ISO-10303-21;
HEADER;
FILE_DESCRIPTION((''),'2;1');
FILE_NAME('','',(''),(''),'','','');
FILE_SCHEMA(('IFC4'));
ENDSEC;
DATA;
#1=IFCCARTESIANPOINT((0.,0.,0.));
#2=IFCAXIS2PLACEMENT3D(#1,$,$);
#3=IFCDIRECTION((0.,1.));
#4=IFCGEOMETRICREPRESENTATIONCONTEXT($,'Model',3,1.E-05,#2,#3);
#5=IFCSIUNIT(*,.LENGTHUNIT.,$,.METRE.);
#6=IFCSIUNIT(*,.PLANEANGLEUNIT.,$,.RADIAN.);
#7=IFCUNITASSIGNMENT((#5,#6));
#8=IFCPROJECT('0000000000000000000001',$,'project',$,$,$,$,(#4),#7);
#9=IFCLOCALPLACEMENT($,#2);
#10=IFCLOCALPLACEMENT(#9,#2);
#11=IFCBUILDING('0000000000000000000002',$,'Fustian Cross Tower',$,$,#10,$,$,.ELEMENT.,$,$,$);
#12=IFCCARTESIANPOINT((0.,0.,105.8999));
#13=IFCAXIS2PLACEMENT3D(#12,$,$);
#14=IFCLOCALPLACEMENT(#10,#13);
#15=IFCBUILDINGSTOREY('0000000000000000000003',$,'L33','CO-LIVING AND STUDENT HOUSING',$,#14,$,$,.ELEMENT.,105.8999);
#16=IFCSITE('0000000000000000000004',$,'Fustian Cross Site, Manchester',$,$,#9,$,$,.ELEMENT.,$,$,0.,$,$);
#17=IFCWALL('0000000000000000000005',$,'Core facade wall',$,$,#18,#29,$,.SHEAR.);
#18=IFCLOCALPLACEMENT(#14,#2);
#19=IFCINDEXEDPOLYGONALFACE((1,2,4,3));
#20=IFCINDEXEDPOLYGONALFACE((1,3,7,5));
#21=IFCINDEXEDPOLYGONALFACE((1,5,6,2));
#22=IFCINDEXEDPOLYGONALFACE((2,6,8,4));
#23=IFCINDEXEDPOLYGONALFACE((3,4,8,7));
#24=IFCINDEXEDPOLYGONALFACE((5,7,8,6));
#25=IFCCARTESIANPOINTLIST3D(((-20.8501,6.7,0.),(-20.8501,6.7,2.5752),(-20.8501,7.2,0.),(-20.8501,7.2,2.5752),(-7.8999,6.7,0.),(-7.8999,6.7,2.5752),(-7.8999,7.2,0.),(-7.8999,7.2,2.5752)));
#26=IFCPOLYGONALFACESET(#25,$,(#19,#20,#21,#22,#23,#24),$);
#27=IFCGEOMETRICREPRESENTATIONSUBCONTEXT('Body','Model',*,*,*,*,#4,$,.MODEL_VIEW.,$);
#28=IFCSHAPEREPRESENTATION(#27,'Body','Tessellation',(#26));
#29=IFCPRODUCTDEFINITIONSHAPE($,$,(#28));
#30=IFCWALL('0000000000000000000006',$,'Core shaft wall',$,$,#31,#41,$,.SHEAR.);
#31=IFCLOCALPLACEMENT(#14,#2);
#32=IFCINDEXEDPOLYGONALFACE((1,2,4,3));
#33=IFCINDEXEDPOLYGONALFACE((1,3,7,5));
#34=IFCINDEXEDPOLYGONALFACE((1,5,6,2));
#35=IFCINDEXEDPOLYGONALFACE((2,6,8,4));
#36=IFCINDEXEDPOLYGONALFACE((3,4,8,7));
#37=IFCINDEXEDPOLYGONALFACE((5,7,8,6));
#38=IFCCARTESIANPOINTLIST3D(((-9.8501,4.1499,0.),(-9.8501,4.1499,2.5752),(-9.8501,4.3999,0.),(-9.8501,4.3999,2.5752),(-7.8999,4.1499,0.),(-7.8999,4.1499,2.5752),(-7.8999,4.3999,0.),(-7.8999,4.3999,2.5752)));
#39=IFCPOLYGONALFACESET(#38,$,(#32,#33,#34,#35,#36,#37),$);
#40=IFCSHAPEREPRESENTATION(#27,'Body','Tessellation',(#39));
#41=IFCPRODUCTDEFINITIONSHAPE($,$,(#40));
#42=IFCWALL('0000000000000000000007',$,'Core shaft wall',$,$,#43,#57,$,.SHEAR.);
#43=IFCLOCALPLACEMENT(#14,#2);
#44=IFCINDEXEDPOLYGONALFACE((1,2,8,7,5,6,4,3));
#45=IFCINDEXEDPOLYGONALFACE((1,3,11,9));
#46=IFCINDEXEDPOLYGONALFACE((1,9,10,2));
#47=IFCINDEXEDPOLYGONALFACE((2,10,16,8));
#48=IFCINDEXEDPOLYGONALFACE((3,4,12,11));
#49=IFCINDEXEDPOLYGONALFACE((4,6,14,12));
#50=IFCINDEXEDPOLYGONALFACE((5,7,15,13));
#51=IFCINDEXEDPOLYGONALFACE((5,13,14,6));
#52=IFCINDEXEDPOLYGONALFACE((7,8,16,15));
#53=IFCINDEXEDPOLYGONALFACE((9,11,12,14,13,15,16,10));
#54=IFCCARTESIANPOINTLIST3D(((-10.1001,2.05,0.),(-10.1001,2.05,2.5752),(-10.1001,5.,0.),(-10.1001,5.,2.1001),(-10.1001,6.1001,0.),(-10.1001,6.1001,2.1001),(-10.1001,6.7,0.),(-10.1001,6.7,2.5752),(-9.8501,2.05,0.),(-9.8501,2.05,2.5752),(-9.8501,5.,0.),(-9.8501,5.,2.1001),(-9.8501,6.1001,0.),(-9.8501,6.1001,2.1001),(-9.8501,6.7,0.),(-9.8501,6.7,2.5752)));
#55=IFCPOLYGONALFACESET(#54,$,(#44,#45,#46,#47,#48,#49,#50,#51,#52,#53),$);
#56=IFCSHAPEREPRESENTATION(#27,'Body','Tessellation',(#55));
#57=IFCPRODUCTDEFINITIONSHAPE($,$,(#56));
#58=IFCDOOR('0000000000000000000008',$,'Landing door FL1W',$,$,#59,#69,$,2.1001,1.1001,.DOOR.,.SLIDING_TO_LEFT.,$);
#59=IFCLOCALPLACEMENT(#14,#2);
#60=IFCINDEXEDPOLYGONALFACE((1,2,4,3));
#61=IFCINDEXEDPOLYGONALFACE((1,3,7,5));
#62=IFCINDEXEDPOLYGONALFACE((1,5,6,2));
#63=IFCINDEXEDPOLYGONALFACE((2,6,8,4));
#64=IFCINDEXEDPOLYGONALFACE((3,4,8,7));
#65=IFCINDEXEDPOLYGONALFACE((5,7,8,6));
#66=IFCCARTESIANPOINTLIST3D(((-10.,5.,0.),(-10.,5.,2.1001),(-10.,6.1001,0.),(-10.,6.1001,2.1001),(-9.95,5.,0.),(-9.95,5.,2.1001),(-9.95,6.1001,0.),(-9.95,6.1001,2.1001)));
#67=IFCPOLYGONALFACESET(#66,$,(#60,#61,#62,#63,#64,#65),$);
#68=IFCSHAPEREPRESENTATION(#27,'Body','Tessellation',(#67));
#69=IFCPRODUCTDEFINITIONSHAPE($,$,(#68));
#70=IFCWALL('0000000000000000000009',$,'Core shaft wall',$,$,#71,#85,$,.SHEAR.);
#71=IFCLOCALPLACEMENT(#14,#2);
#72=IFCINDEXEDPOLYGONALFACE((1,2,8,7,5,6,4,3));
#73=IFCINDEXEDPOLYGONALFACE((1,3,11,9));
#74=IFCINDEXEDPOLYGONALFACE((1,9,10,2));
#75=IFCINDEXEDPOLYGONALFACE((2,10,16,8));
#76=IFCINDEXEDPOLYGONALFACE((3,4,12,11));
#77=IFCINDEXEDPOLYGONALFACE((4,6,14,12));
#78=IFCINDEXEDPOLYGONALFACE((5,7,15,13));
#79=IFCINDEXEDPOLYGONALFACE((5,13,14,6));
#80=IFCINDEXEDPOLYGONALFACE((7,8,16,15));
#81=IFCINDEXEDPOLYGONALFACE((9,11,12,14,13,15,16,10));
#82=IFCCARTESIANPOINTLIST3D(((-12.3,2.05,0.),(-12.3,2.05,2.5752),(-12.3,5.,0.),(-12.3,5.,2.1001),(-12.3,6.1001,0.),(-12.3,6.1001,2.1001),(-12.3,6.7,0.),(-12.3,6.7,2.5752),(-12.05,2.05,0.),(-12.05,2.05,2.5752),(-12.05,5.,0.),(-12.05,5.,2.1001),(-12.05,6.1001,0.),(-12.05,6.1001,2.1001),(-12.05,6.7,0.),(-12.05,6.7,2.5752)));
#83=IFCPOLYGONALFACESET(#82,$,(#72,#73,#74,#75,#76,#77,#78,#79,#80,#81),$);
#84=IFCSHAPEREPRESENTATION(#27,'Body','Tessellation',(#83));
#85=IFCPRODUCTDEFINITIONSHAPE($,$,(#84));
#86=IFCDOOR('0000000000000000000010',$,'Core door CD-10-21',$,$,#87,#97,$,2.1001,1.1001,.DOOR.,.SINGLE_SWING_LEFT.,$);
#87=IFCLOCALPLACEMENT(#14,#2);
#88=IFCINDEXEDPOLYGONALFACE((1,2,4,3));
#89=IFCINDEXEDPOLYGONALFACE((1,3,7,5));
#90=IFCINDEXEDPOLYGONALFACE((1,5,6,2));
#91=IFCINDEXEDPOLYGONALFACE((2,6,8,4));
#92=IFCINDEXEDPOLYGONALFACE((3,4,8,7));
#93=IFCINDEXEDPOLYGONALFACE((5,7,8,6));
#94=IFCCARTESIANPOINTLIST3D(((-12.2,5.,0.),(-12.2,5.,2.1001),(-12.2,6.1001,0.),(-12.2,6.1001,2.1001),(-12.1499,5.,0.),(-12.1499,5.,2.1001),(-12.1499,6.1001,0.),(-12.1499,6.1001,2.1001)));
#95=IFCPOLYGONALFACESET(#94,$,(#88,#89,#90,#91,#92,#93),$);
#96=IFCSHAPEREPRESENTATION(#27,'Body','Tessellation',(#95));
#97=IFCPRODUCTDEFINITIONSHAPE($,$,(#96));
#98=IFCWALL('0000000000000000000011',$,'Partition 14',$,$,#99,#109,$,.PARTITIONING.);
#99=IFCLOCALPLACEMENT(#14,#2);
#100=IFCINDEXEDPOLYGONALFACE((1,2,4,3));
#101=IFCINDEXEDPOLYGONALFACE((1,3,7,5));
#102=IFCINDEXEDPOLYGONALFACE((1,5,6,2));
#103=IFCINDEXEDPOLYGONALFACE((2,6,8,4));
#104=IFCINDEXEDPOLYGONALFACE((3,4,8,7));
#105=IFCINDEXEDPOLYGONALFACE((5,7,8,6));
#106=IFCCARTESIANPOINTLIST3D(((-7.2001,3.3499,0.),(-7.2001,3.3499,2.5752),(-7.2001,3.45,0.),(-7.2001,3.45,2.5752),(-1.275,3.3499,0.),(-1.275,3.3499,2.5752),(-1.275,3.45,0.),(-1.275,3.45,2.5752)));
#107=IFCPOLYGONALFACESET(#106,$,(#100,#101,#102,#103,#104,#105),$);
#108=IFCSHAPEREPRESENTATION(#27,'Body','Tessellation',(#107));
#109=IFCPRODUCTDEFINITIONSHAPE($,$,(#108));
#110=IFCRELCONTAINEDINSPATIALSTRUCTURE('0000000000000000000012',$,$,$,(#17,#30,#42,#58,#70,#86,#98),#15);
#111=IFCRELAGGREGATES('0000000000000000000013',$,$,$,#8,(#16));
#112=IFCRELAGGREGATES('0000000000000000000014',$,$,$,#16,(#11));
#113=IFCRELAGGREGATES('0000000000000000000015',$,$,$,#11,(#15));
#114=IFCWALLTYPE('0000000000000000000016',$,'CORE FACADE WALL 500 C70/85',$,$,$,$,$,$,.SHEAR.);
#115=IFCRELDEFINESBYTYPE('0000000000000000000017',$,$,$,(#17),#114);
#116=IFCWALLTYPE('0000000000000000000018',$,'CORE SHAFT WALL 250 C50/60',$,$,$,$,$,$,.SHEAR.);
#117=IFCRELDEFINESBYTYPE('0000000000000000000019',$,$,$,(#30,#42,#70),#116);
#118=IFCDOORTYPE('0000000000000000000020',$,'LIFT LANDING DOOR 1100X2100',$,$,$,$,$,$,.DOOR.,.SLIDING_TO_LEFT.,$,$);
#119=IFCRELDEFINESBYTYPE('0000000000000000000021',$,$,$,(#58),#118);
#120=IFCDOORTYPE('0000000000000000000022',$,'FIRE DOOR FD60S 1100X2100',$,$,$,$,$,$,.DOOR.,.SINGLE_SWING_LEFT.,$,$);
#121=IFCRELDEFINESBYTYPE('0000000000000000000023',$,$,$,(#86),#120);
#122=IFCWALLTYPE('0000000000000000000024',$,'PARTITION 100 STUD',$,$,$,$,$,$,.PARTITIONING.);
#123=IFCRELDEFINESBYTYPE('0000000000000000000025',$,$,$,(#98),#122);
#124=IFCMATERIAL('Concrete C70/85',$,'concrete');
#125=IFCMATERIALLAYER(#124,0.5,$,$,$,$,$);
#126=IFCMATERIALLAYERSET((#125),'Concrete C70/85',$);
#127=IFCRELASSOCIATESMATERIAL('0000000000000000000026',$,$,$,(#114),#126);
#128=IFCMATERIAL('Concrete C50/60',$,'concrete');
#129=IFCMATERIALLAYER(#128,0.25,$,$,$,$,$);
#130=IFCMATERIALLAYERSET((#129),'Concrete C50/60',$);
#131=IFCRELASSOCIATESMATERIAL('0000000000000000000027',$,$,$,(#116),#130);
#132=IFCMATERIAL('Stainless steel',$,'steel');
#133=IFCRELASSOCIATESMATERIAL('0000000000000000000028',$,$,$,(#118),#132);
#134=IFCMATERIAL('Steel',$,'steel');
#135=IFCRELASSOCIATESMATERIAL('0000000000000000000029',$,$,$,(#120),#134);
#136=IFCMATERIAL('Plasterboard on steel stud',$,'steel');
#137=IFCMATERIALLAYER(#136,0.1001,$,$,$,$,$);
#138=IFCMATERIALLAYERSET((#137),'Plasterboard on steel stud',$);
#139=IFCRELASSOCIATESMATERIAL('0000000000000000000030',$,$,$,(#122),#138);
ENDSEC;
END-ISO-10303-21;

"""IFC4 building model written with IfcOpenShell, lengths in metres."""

from ifc_helpers import new_model, si_unit, direction, frame, frame_2d, origin, place, context, subcontext, project, spatial, rectangle, extrude, material, layer, layer_set, type_object, element, fill, save


model = new_model("IFC4")

# Units and contexts
model_context = context("Model", 3, precision=1e-05, world=origin(), true_north=direction((0.0, 1.0)))
body_context = subcontext(model_context, "Body", "Model", "MODEL_VIEW")
ifc_project = project(units=[si_unit("LENGTHUNIT", "METRE"), si_unit("PLANEANGLEUNIT", "RADIAN")], contexts=[model_context])

# Site, building, storey
site_placement = place(None, origin())
site = spatial("IfcSite", under=ifc_project, at=site_placement, Name="Fustian Cross Site, Manchester", CompositionType="ELEMENT", RefElevation=0.0)
building_placement = place(site_placement, origin())
building = spatial("IfcBuilding", under=site, at=building_placement, Name="Fustian Cross Tower", CompositionType="ELEMENT")
storey_placement = place(building_placement, frame((0.0, 0.0, 105.8999)))
storey = spatial("IfcBuildingStorey", under=building, at=storey_placement, Name="L33", Description="CO-LIVING AND STUDENT HOUSING", CompositionType="ELEMENT", Elevation=105.8999)

# Walls
ifc_material_1 = material(Name="Concrete C70/85", Category="concrete")
ifc_layer_1 = layer(ifc_material_1, 0.5)
ifc_layer_set_1 = layer_set([ifc_layer_1], Name="Concrete C70/85")
wall_type_1 = type_object("IfcWallType", Name="CORE FACADE WALL 500 C70/85", PredefinedType="SHEAR", material=ifc_layer_set_1)
wall_1_placement = place(storey_placement, frame((-7.8999, 6.95, 0.0), z_axis=(0.0, 0.0, 1.0), x_axis=(-1.0, 0.0, 0.0)))
element("IfcWall", 1, at=wall_1_placement, inside=storey, type_object=wall_type_1, Name="Core facade wall", PredefinedType="SHEAR", context=body_context, shape_type="SweptSolid", body=[
    extrude(rectangle(XDim=12.9502, YDim=0.5, at=frame_2d((6.4751, 0.0))), origin(), (0.0, 0.0, 1.0), 2.5752),
])
ifc_material_2 = material(Name="Concrete C50/60", Category="concrete")
ifc_layer_2 = layer(ifc_material_2, 0.25)
ifc_layer_set_2 = layer_set([ifc_layer_2], Name="Concrete C50/60")
wall_type_2 = type_object("IfcWallType", Name="CORE SHAFT WALL 250 C50/60", PredefinedType="SHEAR", material=ifc_layer_set_2)
wall_2_placement = place(storey_placement, frame((-7.8999, 4.2749, 0.0), z_axis=(0.0, 0.0, 1.0), x_axis=(-1.0, 0.0, 0.0)))
element("IfcWall", 2, at=wall_2_placement, inside=storey, type_object=wall_type_2, Name="Core shaft wall", PredefinedType="SHEAR", context=body_context, shape_type="SweptSolid", body=[
    extrude(rectangle(XDim=1.9502, YDim=0.25, at=frame_2d((0.9751, 0.0))), origin(), (0.0, 0.0, 1.0), 2.5752),
])

# Walls, openings, doors
wall_3_placement = place(storey_placement, frame((-9.9751, 2.05, 0.0), z_axis=(0.0, 0.0, 1.0), x_axis=(0.0, 1.0, 0.0)))
wall_3 = element("IfcWall", 3, at=wall_3_placement, inside=storey, type_object=wall_type_2, Name="Core shaft wall", PredefinedType="SHEAR", context=body_context, shape_type="SweptSolid", body=[
    extrude(rectangle(XDim=4.6499, YDim=0.25, at=frame_2d((2.325, 0.0))), origin(), (0.0, 0.0, 1.0), 2.5752),
])
opening_1_placement = place(wall_3_placement, frame((2.95, 0.0, 0.0)))
opening_1 = element("IfcOpeningElement", 4, at=opening_1_placement, cuts=wall_3, PredefinedType="OPENING", context=body_context, shape_type="SweptSolid", body=[
    extrude(rectangle(XDim=1.1001, YDim=2.1001, at=frame_2d((0.55, 1.05))), frame((0.0, 0.135, 0.0), z_axis=(0.0, -1.0, 0.0), x_axis=(1.0, 0.0, 0.0)), (0.0, 0.0, 1.0), 0.27),
])
ifc_material_3 = material(Name="Stainless steel", Category="steel")
door_type_1 = type_object("IfcDoorType", Name="LIFT LANDING DOOR 1100X2100", OperationType="SLIDING_TO_LEFT", PredefinedType="DOOR", material=ifc_material_3)
door_1_placement = place(opening_1_placement, origin())
door_1 = element("IfcDoor", 5, at=door_1_placement, inside=storey, type_object=door_type_1, Name="Landing door FL1W", OperationType="SLIDING_TO_LEFT", OverallHeight=2.1001, OverallWidth=1.1001, PredefinedType="DOOR", context=body_context, shape_type="SweptSolid", body=[
    extrude(rectangle(XDim=1.1001, YDim=2.1001, at=frame_2d((0.55, 1.05))), frame((0.0, 0.0249, 0.0), z_axis=(0.0, -1.0, 0.0), x_axis=(1.0, 0.0, 0.0)), (0.0, 0.0, 1.0), 0.05),
])
fill(opening_1, door_1)
wall_4_placement = place(storey_placement, frame((-12.175, 2.05, 0.0), z_axis=(0.0, 0.0, 1.0), x_axis=(0.0, 1.0, 0.0)))
wall_4 = element("IfcWall", 6, at=wall_4_placement, inside=storey, type_object=wall_type_2, Name="Core shaft wall", PredefinedType="SHEAR", context=body_context, shape_type="SweptSolid", body=[
    extrude(rectangle(XDim=4.6499, YDim=0.25, at=frame_2d((2.325, 0.0))), origin(), (0.0, 0.0, 1.0), 2.5752),
])
opening_2_placement = place(wall_4_placement, frame((2.95, 0.0, 0.0)))
opening_2 = element("IfcOpeningElement", 7, at=opening_2_placement, cuts=wall_4, PredefinedType="OPENING", context=body_context, shape_type="SweptSolid", body=[
    extrude(rectangle(XDim=1.1001, YDim=2.1001, at=frame_2d((0.55, 1.05))), frame((0.0, 0.135, 0.0), z_axis=(0.0, -1.0, 0.0), x_axis=(1.0, 0.0, 0.0)), (0.0, 0.0, 1.0), 0.27),
])
ifc_material_4 = material(Name="Steel", Category="steel")
door_type_2 = type_object("IfcDoorType", Name="FIRE DOOR FD60S 1100X2100", OperationType="SINGLE_SWING_LEFT", PredefinedType="DOOR", material=ifc_material_4)
door_2_placement = place(opening_2_placement, origin())
door_2 = element("IfcDoor", 8, at=door_2_placement, inside=storey, type_object=door_type_2, Name="Core door CD-10-21", OperationType="SINGLE_SWING_LEFT", OverallHeight=2.1001, OverallWidth=1.1001, PredefinedType="DOOR", context=body_context, shape_type="SweptSolid", body=[
    extrude(rectangle(XDim=1.1001, YDim=2.1001, at=frame_2d((0.55, 1.05))), frame((0.0, 0.0249, 0.0), z_axis=(0.0, -1.0, 0.0), x_axis=(1.0, 0.0, 0.0)), (0.0, 0.0, 1.0), 0.05),
])
fill(opening_2, door_2)

# Wall
ifc_material_5 = material(Name="Plasterboard on steel stud", Category="steel")
ifc_layer_3 = layer(ifc_material_5, 0.1001)
ifc_layer_set_3 = layer_set([ifc_layer_3], Name="Plasterboard on steel stud")
wall_type_3 = type_object("IfcWallType", Name="PARTITION 100 STUD", PredefinedType="PARTITIONING", material=ifc_layer_set_3)
wall_5_placement = place(storey_placement, frame((-7.2, 3.3999, 0.0), z_axis=(0.0, 0.0, 1.0), x_axis=(1.0, 0.0, 0.0)))
element("IfcWall", 9, at=wall_5_placement, inside=storey, type_object=wall_type_3, Name="Partition 14", PredefinedType="PARTITIONING", context=body_context, shape_type="SweptSolid", body=[
    extrude(rectangle(XDim=5.925, YDim=0.1001, at=frame_2d((2.9624, 0.0))), origin(), (0.0, 0.0, 1.0), 2.5752),
])

save(model, "model.ifc")
